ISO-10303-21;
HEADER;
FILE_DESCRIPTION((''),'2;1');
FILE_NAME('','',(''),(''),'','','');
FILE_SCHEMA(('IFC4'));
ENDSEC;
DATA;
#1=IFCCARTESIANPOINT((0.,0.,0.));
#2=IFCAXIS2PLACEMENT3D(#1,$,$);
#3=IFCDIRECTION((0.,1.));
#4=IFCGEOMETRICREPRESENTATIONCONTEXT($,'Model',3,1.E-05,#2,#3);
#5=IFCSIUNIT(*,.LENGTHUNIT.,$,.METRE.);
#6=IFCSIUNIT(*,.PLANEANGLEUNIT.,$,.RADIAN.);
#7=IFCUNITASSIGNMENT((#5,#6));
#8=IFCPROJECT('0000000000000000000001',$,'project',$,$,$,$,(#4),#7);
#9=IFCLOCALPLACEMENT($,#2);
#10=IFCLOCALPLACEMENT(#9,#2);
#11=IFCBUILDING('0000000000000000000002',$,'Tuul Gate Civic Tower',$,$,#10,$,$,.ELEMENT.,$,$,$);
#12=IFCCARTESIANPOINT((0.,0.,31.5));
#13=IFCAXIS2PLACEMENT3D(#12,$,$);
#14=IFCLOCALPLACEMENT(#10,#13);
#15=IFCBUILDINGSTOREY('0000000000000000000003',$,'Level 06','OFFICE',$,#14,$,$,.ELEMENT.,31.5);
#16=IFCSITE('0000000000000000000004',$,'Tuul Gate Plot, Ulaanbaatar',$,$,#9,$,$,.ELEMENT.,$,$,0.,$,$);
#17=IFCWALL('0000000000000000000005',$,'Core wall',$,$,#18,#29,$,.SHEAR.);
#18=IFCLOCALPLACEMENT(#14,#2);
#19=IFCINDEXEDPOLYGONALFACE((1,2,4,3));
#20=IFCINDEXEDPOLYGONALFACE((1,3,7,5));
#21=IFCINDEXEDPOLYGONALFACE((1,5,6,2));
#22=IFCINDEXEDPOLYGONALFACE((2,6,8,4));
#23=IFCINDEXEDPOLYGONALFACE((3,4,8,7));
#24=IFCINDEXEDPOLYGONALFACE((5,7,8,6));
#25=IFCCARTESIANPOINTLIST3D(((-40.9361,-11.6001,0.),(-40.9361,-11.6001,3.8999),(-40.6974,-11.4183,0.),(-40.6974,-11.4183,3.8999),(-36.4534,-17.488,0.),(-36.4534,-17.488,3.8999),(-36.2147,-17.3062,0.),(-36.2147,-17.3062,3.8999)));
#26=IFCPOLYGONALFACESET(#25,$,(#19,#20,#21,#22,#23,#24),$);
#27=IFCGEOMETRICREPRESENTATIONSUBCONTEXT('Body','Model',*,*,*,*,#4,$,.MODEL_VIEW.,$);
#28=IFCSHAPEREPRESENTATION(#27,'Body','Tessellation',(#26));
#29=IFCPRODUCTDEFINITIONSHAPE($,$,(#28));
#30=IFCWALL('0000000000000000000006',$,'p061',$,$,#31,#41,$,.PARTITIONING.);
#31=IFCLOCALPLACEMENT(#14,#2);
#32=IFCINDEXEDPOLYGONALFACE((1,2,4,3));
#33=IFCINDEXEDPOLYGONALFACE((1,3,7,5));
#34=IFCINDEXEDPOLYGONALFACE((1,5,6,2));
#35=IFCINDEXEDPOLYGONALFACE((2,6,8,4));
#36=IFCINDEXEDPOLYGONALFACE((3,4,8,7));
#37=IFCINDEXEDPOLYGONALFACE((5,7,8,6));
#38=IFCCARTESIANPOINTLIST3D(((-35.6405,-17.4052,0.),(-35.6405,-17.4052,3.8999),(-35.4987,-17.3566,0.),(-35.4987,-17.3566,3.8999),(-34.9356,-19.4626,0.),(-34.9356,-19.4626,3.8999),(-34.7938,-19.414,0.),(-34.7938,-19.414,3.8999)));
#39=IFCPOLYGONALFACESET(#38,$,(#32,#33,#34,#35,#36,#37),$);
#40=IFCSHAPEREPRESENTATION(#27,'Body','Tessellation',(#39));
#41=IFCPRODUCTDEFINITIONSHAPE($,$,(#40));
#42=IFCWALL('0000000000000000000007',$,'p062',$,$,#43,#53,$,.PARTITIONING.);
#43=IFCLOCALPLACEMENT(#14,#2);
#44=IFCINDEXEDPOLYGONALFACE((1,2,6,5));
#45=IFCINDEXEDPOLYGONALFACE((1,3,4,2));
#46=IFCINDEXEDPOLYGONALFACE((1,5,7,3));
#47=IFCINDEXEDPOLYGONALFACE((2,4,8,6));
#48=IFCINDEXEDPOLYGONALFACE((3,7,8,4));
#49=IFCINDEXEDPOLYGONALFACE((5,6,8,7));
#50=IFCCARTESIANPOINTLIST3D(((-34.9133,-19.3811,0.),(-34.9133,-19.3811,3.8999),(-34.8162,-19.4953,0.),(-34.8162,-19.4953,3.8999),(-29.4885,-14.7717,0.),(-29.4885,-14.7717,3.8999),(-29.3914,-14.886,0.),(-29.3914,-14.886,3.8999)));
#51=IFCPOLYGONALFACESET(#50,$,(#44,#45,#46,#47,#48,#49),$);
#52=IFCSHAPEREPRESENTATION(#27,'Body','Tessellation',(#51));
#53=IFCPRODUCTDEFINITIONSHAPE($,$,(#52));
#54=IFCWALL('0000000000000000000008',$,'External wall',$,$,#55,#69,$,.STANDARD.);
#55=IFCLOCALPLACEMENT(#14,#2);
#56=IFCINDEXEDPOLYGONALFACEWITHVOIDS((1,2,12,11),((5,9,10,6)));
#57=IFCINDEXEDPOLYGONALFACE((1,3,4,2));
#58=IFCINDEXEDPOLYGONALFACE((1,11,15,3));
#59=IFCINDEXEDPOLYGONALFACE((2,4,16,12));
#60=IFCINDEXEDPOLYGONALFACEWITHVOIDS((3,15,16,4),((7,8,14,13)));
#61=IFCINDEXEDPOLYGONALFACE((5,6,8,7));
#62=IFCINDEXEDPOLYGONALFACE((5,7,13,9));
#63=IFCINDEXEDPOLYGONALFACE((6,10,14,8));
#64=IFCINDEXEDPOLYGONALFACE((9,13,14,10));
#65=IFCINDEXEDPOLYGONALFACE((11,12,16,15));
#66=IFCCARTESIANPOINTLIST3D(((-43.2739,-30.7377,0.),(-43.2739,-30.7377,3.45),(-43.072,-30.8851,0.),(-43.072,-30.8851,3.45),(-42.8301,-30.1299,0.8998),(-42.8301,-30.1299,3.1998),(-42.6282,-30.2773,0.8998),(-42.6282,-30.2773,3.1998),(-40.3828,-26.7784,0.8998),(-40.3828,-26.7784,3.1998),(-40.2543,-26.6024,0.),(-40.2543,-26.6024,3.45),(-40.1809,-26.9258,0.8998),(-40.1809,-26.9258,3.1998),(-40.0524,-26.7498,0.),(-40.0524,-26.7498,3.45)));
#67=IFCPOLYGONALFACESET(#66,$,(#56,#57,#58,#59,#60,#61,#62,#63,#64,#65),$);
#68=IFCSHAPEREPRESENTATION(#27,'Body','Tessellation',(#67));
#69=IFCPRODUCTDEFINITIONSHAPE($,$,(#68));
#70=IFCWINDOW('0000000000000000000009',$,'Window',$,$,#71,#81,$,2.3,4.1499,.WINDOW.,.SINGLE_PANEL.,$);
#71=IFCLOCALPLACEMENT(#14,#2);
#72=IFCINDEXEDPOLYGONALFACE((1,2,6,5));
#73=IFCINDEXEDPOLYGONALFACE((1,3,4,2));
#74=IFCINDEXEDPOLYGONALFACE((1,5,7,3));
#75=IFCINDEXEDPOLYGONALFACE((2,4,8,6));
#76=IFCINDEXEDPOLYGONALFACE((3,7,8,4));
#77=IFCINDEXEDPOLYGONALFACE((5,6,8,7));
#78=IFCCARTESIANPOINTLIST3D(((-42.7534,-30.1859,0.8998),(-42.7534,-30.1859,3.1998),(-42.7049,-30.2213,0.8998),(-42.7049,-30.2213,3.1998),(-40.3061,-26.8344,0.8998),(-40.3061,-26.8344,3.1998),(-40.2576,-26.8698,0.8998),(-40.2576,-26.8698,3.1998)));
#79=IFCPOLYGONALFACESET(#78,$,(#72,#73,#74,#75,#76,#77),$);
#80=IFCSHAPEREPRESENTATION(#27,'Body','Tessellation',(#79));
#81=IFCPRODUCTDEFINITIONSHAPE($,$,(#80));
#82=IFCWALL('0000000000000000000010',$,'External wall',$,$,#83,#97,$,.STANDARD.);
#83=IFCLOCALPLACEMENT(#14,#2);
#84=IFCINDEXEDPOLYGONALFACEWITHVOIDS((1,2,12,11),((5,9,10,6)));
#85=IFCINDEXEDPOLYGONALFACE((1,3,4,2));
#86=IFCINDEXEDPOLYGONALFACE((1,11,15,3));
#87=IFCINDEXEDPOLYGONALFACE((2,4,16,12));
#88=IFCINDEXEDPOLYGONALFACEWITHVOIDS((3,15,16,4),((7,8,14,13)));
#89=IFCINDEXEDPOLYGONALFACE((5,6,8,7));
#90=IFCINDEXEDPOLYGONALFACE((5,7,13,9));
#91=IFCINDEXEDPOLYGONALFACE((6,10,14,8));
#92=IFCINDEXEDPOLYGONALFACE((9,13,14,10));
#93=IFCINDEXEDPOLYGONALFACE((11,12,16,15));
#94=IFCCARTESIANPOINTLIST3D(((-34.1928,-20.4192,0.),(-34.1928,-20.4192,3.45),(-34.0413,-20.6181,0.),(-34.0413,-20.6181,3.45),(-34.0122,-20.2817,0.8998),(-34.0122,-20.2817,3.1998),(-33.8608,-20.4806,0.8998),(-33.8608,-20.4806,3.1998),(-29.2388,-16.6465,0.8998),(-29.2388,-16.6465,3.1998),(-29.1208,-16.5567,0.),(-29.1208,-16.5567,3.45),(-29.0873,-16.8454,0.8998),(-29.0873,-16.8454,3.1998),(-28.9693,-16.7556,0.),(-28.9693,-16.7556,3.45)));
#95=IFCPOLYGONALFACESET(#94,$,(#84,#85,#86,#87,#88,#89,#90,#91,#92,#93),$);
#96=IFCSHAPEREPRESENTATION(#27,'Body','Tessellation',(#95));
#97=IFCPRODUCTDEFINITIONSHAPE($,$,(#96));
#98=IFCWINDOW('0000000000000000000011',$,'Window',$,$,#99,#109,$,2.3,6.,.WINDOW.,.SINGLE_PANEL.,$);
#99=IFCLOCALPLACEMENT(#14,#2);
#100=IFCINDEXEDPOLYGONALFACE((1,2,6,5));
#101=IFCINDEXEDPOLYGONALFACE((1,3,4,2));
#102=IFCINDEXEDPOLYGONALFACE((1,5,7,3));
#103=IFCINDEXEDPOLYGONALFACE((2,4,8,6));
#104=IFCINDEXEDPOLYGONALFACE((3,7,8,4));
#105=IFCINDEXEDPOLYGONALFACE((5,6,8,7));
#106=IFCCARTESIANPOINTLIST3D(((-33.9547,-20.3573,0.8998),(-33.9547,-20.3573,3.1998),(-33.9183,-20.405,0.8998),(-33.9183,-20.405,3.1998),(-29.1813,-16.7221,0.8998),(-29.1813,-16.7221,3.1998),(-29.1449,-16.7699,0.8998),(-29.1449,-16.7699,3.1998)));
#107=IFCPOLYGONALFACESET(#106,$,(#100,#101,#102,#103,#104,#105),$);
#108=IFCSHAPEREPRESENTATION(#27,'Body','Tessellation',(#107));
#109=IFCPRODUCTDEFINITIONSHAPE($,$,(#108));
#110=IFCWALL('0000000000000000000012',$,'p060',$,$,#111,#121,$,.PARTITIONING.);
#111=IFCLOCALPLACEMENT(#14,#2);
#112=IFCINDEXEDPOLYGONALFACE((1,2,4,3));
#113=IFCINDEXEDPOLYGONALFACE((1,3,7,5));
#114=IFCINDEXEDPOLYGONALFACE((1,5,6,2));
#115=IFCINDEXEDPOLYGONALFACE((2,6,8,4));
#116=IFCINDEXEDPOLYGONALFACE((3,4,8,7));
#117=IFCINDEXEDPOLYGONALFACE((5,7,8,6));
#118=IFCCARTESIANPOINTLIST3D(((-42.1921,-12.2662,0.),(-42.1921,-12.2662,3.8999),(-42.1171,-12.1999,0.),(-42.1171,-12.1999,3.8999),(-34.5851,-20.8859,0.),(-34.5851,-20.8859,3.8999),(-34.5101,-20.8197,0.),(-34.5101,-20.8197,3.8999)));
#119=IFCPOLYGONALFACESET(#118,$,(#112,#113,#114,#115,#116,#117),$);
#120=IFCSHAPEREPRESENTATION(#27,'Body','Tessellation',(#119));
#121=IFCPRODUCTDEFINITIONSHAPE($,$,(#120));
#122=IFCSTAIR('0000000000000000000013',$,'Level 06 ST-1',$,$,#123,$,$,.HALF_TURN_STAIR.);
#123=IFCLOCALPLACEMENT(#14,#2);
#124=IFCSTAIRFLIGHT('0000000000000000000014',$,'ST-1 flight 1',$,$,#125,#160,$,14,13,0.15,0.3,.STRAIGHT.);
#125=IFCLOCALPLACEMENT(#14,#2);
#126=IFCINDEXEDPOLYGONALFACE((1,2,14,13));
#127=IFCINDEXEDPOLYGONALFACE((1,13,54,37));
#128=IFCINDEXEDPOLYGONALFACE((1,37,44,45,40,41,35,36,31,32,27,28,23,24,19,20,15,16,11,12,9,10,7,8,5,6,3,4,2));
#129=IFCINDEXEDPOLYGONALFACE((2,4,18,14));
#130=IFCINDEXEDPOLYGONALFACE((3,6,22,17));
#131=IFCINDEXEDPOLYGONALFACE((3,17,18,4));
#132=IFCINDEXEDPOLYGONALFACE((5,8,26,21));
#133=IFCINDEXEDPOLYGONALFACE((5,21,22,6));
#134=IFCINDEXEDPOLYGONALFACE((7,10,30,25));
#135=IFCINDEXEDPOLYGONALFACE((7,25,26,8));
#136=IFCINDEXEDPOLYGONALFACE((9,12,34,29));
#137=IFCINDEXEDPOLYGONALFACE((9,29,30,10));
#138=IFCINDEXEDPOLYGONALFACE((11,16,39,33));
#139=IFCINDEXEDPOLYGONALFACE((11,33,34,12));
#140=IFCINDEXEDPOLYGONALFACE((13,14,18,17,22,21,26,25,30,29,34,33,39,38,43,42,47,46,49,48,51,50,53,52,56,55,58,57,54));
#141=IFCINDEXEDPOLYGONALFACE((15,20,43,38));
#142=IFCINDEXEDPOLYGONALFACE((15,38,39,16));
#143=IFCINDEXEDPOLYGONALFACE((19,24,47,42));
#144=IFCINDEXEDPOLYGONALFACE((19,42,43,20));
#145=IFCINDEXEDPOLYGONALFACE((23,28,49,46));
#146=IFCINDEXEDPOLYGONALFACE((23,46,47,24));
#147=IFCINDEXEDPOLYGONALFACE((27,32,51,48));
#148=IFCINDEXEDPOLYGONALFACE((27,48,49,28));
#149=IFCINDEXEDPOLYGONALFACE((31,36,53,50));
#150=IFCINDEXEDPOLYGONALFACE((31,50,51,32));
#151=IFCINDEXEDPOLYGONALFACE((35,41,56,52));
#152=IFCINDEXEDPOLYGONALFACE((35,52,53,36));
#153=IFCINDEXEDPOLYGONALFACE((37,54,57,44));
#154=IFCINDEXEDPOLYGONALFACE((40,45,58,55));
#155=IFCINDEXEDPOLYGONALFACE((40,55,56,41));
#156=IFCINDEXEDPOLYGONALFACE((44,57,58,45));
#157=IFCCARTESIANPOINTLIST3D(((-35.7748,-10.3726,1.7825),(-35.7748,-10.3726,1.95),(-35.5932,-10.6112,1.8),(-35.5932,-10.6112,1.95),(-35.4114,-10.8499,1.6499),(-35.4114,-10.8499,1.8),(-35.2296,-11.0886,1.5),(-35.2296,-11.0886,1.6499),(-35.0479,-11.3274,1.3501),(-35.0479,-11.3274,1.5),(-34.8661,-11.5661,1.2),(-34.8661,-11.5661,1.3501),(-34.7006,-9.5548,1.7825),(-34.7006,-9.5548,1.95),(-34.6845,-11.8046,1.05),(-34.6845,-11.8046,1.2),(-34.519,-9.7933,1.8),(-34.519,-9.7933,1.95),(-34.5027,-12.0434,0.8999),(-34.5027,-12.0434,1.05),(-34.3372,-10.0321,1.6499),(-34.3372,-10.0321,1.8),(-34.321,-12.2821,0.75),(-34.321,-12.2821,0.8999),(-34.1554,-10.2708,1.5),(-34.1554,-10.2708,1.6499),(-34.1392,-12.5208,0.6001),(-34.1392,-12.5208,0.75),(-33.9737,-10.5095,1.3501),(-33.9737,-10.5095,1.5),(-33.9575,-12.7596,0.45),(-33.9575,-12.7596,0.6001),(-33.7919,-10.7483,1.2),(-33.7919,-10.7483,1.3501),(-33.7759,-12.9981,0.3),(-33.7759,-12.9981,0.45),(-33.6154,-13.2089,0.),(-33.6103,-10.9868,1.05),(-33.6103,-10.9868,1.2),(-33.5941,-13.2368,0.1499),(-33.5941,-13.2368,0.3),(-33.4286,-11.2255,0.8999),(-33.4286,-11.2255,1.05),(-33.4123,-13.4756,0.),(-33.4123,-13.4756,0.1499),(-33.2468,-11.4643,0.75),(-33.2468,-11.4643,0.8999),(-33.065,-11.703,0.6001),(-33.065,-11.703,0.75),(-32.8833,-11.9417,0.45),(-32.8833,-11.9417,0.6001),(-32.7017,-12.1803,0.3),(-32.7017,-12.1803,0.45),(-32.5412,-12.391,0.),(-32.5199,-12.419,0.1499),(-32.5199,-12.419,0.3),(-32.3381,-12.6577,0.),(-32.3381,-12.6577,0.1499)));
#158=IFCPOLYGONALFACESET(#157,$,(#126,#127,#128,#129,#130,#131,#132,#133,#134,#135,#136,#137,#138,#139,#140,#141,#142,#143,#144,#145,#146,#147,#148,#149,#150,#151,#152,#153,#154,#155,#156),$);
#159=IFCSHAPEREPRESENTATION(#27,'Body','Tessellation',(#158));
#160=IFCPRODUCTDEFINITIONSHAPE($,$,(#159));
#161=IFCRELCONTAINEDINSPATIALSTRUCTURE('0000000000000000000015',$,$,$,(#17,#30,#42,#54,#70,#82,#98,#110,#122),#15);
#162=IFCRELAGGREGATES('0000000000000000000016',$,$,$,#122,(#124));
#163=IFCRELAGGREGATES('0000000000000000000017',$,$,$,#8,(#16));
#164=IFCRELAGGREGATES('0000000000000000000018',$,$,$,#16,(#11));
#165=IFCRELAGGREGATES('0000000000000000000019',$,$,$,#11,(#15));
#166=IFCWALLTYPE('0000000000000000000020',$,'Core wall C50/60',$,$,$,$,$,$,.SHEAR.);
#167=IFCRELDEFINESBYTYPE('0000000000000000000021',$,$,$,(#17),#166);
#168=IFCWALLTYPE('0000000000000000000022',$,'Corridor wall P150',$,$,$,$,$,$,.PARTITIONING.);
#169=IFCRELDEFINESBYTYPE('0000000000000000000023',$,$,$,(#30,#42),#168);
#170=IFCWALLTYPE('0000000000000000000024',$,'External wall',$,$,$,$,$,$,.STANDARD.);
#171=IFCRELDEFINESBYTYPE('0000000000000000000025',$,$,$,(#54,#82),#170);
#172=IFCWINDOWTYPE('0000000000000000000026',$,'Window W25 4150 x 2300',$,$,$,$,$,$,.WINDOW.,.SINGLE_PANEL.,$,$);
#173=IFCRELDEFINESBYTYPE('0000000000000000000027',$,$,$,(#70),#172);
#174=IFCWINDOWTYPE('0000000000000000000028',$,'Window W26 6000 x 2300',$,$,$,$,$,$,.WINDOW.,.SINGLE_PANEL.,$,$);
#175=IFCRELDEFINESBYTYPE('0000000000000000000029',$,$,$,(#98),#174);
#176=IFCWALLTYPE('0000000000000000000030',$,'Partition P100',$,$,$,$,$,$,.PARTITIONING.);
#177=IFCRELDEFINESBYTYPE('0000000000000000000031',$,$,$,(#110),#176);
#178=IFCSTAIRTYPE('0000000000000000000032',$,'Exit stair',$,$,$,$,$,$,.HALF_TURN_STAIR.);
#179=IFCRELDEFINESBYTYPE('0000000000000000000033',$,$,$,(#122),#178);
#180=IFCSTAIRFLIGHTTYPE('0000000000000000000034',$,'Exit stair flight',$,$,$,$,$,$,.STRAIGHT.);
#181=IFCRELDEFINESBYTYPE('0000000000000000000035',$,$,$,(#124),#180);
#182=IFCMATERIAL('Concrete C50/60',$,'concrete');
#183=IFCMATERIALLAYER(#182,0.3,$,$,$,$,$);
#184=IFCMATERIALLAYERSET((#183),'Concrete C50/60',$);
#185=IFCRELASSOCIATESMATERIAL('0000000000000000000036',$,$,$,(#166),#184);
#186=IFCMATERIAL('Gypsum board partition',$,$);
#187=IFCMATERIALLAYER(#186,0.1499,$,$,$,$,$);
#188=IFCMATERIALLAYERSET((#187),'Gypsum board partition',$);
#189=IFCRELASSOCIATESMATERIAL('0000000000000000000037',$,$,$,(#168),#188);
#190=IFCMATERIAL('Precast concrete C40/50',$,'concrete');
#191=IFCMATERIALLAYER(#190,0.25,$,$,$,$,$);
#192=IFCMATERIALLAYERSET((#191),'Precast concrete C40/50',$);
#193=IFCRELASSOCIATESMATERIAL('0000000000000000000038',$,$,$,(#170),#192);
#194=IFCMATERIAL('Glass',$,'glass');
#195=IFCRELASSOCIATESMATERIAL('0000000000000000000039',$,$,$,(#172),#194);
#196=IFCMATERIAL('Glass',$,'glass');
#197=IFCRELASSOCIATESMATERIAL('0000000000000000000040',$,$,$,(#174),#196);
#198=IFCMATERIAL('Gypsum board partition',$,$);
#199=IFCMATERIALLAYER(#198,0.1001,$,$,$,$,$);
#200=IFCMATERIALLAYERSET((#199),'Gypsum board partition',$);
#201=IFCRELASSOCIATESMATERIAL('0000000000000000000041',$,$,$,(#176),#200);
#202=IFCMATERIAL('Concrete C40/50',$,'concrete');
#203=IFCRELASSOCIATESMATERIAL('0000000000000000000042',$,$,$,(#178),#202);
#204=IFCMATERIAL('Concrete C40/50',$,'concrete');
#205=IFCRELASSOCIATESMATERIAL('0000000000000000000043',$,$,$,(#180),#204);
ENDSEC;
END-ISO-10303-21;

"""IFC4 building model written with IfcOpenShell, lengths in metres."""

from ifc_helpers import new_model, si_unit, direction, frame, frame_2d, origin, place, context, subcontext, project, spatial, polyline, rectangle, outline, extrude, material, layer, layer_set, type_object, element, fill, aggregate, save


model = new_model("IFC4")

# Units and contexts
model_context = context("Model", 3, precision=1e-05, world=origin(), true_north=direction((0.0, 1.0)))
body_context = subcontext(model_context, "Body", "Model", "MODEL_VIEW")
ifc_project = project(units=[si_unit("LENGTHUNIT", "METRE"), si_unit("PLANEANGLEUNIT", "RADIAN")], contexts=[model_context])

# Site, building, storey
site_placement = place(None, origin())
site = spatial("IfcSite", under=ifc_project, at=site_placement, Name="Tuul Gate Plot, Ulaanbaatar", CompositionType="ELEMENT", RefElevation=0.0)
building_placement = place(site_placement, origin())
building = spatial("IfcBuilding", under=site, at=building_placement, Name="Tuul Gate Civic Tower", CompositionType="ELEMENT")
storey_placement = place(building_placement, frame((0.0, 0.0, 31.5)))
storey = spatial("IfcBuildingStorey", under=building, at=storey_placement, Name="Level 06", Description="OFFICE", CompositionType="ELEMENT", Elevation=31.5)

# Shared definitions
ifc_material_1 = material(Name="Concrete C50/60", Category="concrete")
ifc_layer_1 = layer(ifc_material_1, 0.3)
ifc_layer_set_1 = layer_set([ifc_layer_1], Name="Concrete C50/60")
wall_type_1 = type_object("IfcWallType", Name="Core wall C50/60", PredefinedType="SHEAR", material=ifc_layer_set_1)

# Walls
wall_1_placement = place(storey_placement, frame((-36.334, -17.3972, 0.0), z_axis=(0.0, 0.0, 1.0), x_axis=(-0.605754, 0.795652, 0.0)))
element("IfcWall", 1, at=wall_1_placement, inside=storey, type_object=wall_type_1, Name="Core wall", PredefinedType="SHEAR", context=body_context, shape_type="SweptSolid", body=[
    extrude(rectangle(XDim=7.4001, YDim=0.3, at=frame_2d((3.7002, 0.0))), origin(), (0.0, 0.0, 1.0), 3.8999),
])
ifc_material_2 = material(Name="Gypsum board partition")
ifc_layer_2 = layer(ifc_material_2, 0.1499)
ifc_layer_set_2 = layer_set([ifc_layer_2], Name="Gypsum board partition")
wall_type_2 = type_object("IfcWallType", Name="Corridor wall P150", PredefinedType="PARTITIONING", material=ifc_layer_set_2)
wall_2_placement = place(storey_placement, frame((-35.5696, -17.3809, 0.0), z_axis=(0.0, 0.0, 1.0), x_axis=(0.324098, -0.946024, 0.0)))
element("IfcWall", 2, at=wall_2_placement, inside=storey, type_object=wall_type_2, Name="p061", PredefinedType="PARTITIONING", context=body_context, shape_type="SweptSolid", body=[
    extrude(rectangle(XDim=2.1748, YDim=0.1499, at=frame_2d((1.0874, 0.0))), origin(), (0.0, 0.0, 1.0), 3.8999),
])
wall_3_placement = place(storey_placement, frame((-34.8647, -19.4382, 0.0), z_axis=(0.0, 0.0, 1.0), x_axis=(0.762058, 0.647509, 0.0)))
element("IfcWall", 3, at=wall_3_placement, inside=storey, type_object=wall_type_2, Name="p062", PredefinedType="PARTITIONING", context=body_context, shape_type="SweptSolid", body=[
    extrude(rectangle(XDim=7.1187, YDim=0.1499, at=frame_2d((3.5593, 0.0))), origin(), (0.0, 0.0, 1.0), 3.8999),
])

# Wall, opening, window
ifc_material_3 = material(Name="Precast concrete C40/50", Category="concrete")
ifc_layer_3 = layer(ifc_material_3, 0.25)
ifc_layer_set_3 = layer_set([ifc_layer_3], Name="Precast concrete C40/50")
wall_type_3 = type_object("IfcWallType", Name="External wall", PredefinedType="STANDARD", material=ifc_layer_set_3)
wall_4_placement = place(storey_placement, frame((-43.1729, -30.8113, 0.0), z_axis=(0.0, 0.0, 1.0), x_axis=(0.589713, 0.807613, 0.0)))
wall_4 = element("IfcWall", 4, at=wall_4_placement, inside=storey, type_object=wall_type_3, Name="External wall", PredefinedType="STANDARD", context=body_context, shape_type="SweptSolid", body=[
    extrude(rectangle(XDim=5.1204, YDim=0.25, at=frame_2d((2.5601, 0.0))), origin(), (0.0, 0.0, 1.0), 3.45),
])
opening_1_placement = place(wall_4_placement, frame((0.7524, 0.0, 0.8999)))
opening_1 = element("IfcOpeningElement", 5, at=opening_1_placement, cuts=wall_4, PredefinedType="OPENING", context=body_context, shape_type="SweptSolid", body=[
    extrude(rectangle(XDim=4.1499, YDim=2.3, at=frame_2d((2.075, 1.1499))), frame((0.0, 0.135, 0.0), z_axis=(0.0, -1.0, 0.0), x_axis=(1.0, 0.0, 0.0)), (0.0, 0.0, 1.0), 0.27),
])
ifc_material_4 = material(Name="Glass", Category="glass")
window_type_1 = type_object("IfcWindowType", Name="Window W25 4150 x 2300", PartitioningType="SINGLE_PANEL", PredefinedType="WINDOW", material=ifc_material_4)
window_1_placement = place(opening_1_placement, origin())
window_1 = element("IfcWindow", 6, at=window_1_placement, inside=storey, type_object=window_type_1, Name="Window", OverallHeight=2.3, OverallWidth=4.1499, PartitioningType="SINGLE_PANEL", PredefinedType="WINDOW", context=body_context, shape_type="SweptSolid", body=[
    extrude(rectangle(XDim=4.1499, YDim=2.3, at=frame_2d((2.075, 1.1499))), frame((0.0, 0.03, 0.0), z_axis=(0.0, -1.0, 0.0), x_axis=(1.0, 0.0, 0.0)), (0.0, 0.0, 1.0), 0.0601),
])
fill(opening_1, window_1)

# Wall, opening, window
wall_5_placement = place(storey_placement, frame((-34.1169, -20.5186, 0.0), z_axis=(0.0, 0.0, 1.0), x_axis=(0.795571, 0.60586, 0.0)))
wall_5 = element("IfcWall", 7, at=wall_5_placement, inside=storey, type_object=wall_type_3, Name="External wall", PredefinedType="STANDARD", context=body_context, shape_type="SweptSolid", body=[
    extrude(rectangle(XDim=6.3752, YDim=0.25, at=frame_2d((3.1875, 0.0))), origin(), (0.0, 0.0, 1.0), 3.45),
])
opening_2_placement = place(wall_5_placement, frame((0.2268, 0.0, 0.8999)))
opening_2 = element("IfcOpeningElement", 8, at=opening_2_placement, cuts=wall_5, PredefinedType="OPENING", context=body_context, shape_type="SweptSolid", body=[
    extrude(rectangle(XDim=6.0, YDim=2.3, at=frame_2d((3.0, 1.1499))), frame((0.0, 0.135, 0.0), z_axis=(0.0, -1.0, 0.0), x_axis=(1.0, 0.0, 0.0)), (0.0, 0.0, 1.0), 0.27),
])
ifc_material_5 = material(Name="Glass", Category="glass")
window_type_2 = type_object("IfcWindowType", Name="Window W26 6000 x 2300", PartitioningType="SINGLE_PANEL", PredefinedType="WINDOW", material=ifc_material_5)
window_2_placement = place(opening_2_placement, origin())
window_2 = element("IfcWindow", 9, at=window_2_placement, inside=storey, type_object=window_type_2, Name="Window", OverallHeight=2.3, OverallWidth=6.0, PartitioningType="SINGLE_PANEL", PredefinedType="WINDOW", context=body_context, shape_type="SweptSolid", body=[
    extrude(rectangle(XDim=6.0, YDim=2.3, at=frame_2d((3.0, 1.1499))), frame((0.0, 0.03, 0.0), z_axis=(0.0, -1.0, 0.0), x_axis=(1.0, 0.0, 0.0)), (0.0, 0.0, 1.0), 0.0601),
])
fill(opening_2, window_2)

# Wall
ifc_material_6 = material(Name="Gypsum board partition")
ifc_layer_4 = layer(ifc_material_6, 0.1001)
ifc_layer_set_4 = layer_set([ifc_layer_4], Name="Gypsum board partition")
wall_type_4 = type_object("IfcWallType", Name="Partition P100", PredefinedType="PARTITIONING", material=ifc_layer_set_4)
wall_6_placement = place(storey_placement, frame((-42.1545, -12.2332, 0.0), z_axis=(0.0, 0.0, 1.0), x_axis=(0.661689, -0.749778, 0.0)))
element("IfcWall", 10, at=wall_6_placement, inside=storey, type_object=wall_type_4, Name="p060", PredefinedType="PARTITIONING", context=body_context, shape_type="SweptSolid", body=[
    extrude(rectangle(XDim=11.4963, YDim=0.1001, at=frame_2d((5.748, 0.0))), origin(), (0.0, 0.0, 1.0), 3.8999),
])

# Stair, stair flight
ifc_material_7 = material(Name="Concrete C40/50", Category="concrete")
stair_type = type_object("IfcStairType", Name="Exit stair", PredefinedType="HALF_TURN_STAIR", material=ifc_material_7)
stair_placement = place(storey_placement, origin())
stair = element("IfcStair", 11, at=stair_placement, inside=storey, type_object=stair_type, Name="Level 06 ST-1", PredefinedType="HALF_TURN_STAIR")
ifc_material_8 = material(Name="Concrete C40/50", Category="concrete")
stair_flight_type = type_object("IfcStairFlightType", Name="Exit stair flight", PredefinedType="STRAIGHT", material=ifc_material_8)
stair_flight_placement = place(storey_placement, frame((-32.8752, -13.0667, 0.0), z_axis=(0.0, 0.0, 1.0), x_axis=(-0.605764, 0.795644, 0.0)))
stair_flight = element("IfcStairFlight", 12, at=stair_flight_placement, type_object=stair_flight_type, Name="ST-1 flight 1", NumberOfRisers=14, NumberOfTreads=13, PredefinedType="STRAIGHT", RiserHeight=0.15, TreadLength=0.3, context=body_context, shape_type="SweptSolid", body=[
    extrude(outline(polyline([(0.0, 0.0), (0.0, 0.1499), (0.3, 0.1499), (0.3, 0.3), (0.6001, 0.3), (0.6001, 0.45), (0.8999, 0.45), (0.8999, 0.6001), (1.2, 0.6001), (1.2, 0.75), (1.5, 0.75), (1.5, 0.8999), (1.8, 0.8999), (1.8, 1.05), (2.1001, 1.05), (2.1001, 1.2), (2.3999, 1.2), (2.3999, 1.3501), (2.7, 1.3501), (2.7, 1.5), (3.0, 1.5), (3.0, 1.6499), (3.3, 1.6499), (3.3, 1.8), (3.6001, 1.8), (3.6001, 1.95), (3.8999, 1.95), (3.8999, 2.1001), (3.8999, 1.7825), (0.3352, 0.0), (0.0, 0.0)])), frame((0.0, 0.675, 0.0), z_axis=(0.0, -1.0, 0.0), x_axis=(1.0, 0.0, 0.0)), (0.0, 0.0, 1.0), 1.3501),
])
aggregate(stair, [stair_flight])

save(model, "model.ifc")
